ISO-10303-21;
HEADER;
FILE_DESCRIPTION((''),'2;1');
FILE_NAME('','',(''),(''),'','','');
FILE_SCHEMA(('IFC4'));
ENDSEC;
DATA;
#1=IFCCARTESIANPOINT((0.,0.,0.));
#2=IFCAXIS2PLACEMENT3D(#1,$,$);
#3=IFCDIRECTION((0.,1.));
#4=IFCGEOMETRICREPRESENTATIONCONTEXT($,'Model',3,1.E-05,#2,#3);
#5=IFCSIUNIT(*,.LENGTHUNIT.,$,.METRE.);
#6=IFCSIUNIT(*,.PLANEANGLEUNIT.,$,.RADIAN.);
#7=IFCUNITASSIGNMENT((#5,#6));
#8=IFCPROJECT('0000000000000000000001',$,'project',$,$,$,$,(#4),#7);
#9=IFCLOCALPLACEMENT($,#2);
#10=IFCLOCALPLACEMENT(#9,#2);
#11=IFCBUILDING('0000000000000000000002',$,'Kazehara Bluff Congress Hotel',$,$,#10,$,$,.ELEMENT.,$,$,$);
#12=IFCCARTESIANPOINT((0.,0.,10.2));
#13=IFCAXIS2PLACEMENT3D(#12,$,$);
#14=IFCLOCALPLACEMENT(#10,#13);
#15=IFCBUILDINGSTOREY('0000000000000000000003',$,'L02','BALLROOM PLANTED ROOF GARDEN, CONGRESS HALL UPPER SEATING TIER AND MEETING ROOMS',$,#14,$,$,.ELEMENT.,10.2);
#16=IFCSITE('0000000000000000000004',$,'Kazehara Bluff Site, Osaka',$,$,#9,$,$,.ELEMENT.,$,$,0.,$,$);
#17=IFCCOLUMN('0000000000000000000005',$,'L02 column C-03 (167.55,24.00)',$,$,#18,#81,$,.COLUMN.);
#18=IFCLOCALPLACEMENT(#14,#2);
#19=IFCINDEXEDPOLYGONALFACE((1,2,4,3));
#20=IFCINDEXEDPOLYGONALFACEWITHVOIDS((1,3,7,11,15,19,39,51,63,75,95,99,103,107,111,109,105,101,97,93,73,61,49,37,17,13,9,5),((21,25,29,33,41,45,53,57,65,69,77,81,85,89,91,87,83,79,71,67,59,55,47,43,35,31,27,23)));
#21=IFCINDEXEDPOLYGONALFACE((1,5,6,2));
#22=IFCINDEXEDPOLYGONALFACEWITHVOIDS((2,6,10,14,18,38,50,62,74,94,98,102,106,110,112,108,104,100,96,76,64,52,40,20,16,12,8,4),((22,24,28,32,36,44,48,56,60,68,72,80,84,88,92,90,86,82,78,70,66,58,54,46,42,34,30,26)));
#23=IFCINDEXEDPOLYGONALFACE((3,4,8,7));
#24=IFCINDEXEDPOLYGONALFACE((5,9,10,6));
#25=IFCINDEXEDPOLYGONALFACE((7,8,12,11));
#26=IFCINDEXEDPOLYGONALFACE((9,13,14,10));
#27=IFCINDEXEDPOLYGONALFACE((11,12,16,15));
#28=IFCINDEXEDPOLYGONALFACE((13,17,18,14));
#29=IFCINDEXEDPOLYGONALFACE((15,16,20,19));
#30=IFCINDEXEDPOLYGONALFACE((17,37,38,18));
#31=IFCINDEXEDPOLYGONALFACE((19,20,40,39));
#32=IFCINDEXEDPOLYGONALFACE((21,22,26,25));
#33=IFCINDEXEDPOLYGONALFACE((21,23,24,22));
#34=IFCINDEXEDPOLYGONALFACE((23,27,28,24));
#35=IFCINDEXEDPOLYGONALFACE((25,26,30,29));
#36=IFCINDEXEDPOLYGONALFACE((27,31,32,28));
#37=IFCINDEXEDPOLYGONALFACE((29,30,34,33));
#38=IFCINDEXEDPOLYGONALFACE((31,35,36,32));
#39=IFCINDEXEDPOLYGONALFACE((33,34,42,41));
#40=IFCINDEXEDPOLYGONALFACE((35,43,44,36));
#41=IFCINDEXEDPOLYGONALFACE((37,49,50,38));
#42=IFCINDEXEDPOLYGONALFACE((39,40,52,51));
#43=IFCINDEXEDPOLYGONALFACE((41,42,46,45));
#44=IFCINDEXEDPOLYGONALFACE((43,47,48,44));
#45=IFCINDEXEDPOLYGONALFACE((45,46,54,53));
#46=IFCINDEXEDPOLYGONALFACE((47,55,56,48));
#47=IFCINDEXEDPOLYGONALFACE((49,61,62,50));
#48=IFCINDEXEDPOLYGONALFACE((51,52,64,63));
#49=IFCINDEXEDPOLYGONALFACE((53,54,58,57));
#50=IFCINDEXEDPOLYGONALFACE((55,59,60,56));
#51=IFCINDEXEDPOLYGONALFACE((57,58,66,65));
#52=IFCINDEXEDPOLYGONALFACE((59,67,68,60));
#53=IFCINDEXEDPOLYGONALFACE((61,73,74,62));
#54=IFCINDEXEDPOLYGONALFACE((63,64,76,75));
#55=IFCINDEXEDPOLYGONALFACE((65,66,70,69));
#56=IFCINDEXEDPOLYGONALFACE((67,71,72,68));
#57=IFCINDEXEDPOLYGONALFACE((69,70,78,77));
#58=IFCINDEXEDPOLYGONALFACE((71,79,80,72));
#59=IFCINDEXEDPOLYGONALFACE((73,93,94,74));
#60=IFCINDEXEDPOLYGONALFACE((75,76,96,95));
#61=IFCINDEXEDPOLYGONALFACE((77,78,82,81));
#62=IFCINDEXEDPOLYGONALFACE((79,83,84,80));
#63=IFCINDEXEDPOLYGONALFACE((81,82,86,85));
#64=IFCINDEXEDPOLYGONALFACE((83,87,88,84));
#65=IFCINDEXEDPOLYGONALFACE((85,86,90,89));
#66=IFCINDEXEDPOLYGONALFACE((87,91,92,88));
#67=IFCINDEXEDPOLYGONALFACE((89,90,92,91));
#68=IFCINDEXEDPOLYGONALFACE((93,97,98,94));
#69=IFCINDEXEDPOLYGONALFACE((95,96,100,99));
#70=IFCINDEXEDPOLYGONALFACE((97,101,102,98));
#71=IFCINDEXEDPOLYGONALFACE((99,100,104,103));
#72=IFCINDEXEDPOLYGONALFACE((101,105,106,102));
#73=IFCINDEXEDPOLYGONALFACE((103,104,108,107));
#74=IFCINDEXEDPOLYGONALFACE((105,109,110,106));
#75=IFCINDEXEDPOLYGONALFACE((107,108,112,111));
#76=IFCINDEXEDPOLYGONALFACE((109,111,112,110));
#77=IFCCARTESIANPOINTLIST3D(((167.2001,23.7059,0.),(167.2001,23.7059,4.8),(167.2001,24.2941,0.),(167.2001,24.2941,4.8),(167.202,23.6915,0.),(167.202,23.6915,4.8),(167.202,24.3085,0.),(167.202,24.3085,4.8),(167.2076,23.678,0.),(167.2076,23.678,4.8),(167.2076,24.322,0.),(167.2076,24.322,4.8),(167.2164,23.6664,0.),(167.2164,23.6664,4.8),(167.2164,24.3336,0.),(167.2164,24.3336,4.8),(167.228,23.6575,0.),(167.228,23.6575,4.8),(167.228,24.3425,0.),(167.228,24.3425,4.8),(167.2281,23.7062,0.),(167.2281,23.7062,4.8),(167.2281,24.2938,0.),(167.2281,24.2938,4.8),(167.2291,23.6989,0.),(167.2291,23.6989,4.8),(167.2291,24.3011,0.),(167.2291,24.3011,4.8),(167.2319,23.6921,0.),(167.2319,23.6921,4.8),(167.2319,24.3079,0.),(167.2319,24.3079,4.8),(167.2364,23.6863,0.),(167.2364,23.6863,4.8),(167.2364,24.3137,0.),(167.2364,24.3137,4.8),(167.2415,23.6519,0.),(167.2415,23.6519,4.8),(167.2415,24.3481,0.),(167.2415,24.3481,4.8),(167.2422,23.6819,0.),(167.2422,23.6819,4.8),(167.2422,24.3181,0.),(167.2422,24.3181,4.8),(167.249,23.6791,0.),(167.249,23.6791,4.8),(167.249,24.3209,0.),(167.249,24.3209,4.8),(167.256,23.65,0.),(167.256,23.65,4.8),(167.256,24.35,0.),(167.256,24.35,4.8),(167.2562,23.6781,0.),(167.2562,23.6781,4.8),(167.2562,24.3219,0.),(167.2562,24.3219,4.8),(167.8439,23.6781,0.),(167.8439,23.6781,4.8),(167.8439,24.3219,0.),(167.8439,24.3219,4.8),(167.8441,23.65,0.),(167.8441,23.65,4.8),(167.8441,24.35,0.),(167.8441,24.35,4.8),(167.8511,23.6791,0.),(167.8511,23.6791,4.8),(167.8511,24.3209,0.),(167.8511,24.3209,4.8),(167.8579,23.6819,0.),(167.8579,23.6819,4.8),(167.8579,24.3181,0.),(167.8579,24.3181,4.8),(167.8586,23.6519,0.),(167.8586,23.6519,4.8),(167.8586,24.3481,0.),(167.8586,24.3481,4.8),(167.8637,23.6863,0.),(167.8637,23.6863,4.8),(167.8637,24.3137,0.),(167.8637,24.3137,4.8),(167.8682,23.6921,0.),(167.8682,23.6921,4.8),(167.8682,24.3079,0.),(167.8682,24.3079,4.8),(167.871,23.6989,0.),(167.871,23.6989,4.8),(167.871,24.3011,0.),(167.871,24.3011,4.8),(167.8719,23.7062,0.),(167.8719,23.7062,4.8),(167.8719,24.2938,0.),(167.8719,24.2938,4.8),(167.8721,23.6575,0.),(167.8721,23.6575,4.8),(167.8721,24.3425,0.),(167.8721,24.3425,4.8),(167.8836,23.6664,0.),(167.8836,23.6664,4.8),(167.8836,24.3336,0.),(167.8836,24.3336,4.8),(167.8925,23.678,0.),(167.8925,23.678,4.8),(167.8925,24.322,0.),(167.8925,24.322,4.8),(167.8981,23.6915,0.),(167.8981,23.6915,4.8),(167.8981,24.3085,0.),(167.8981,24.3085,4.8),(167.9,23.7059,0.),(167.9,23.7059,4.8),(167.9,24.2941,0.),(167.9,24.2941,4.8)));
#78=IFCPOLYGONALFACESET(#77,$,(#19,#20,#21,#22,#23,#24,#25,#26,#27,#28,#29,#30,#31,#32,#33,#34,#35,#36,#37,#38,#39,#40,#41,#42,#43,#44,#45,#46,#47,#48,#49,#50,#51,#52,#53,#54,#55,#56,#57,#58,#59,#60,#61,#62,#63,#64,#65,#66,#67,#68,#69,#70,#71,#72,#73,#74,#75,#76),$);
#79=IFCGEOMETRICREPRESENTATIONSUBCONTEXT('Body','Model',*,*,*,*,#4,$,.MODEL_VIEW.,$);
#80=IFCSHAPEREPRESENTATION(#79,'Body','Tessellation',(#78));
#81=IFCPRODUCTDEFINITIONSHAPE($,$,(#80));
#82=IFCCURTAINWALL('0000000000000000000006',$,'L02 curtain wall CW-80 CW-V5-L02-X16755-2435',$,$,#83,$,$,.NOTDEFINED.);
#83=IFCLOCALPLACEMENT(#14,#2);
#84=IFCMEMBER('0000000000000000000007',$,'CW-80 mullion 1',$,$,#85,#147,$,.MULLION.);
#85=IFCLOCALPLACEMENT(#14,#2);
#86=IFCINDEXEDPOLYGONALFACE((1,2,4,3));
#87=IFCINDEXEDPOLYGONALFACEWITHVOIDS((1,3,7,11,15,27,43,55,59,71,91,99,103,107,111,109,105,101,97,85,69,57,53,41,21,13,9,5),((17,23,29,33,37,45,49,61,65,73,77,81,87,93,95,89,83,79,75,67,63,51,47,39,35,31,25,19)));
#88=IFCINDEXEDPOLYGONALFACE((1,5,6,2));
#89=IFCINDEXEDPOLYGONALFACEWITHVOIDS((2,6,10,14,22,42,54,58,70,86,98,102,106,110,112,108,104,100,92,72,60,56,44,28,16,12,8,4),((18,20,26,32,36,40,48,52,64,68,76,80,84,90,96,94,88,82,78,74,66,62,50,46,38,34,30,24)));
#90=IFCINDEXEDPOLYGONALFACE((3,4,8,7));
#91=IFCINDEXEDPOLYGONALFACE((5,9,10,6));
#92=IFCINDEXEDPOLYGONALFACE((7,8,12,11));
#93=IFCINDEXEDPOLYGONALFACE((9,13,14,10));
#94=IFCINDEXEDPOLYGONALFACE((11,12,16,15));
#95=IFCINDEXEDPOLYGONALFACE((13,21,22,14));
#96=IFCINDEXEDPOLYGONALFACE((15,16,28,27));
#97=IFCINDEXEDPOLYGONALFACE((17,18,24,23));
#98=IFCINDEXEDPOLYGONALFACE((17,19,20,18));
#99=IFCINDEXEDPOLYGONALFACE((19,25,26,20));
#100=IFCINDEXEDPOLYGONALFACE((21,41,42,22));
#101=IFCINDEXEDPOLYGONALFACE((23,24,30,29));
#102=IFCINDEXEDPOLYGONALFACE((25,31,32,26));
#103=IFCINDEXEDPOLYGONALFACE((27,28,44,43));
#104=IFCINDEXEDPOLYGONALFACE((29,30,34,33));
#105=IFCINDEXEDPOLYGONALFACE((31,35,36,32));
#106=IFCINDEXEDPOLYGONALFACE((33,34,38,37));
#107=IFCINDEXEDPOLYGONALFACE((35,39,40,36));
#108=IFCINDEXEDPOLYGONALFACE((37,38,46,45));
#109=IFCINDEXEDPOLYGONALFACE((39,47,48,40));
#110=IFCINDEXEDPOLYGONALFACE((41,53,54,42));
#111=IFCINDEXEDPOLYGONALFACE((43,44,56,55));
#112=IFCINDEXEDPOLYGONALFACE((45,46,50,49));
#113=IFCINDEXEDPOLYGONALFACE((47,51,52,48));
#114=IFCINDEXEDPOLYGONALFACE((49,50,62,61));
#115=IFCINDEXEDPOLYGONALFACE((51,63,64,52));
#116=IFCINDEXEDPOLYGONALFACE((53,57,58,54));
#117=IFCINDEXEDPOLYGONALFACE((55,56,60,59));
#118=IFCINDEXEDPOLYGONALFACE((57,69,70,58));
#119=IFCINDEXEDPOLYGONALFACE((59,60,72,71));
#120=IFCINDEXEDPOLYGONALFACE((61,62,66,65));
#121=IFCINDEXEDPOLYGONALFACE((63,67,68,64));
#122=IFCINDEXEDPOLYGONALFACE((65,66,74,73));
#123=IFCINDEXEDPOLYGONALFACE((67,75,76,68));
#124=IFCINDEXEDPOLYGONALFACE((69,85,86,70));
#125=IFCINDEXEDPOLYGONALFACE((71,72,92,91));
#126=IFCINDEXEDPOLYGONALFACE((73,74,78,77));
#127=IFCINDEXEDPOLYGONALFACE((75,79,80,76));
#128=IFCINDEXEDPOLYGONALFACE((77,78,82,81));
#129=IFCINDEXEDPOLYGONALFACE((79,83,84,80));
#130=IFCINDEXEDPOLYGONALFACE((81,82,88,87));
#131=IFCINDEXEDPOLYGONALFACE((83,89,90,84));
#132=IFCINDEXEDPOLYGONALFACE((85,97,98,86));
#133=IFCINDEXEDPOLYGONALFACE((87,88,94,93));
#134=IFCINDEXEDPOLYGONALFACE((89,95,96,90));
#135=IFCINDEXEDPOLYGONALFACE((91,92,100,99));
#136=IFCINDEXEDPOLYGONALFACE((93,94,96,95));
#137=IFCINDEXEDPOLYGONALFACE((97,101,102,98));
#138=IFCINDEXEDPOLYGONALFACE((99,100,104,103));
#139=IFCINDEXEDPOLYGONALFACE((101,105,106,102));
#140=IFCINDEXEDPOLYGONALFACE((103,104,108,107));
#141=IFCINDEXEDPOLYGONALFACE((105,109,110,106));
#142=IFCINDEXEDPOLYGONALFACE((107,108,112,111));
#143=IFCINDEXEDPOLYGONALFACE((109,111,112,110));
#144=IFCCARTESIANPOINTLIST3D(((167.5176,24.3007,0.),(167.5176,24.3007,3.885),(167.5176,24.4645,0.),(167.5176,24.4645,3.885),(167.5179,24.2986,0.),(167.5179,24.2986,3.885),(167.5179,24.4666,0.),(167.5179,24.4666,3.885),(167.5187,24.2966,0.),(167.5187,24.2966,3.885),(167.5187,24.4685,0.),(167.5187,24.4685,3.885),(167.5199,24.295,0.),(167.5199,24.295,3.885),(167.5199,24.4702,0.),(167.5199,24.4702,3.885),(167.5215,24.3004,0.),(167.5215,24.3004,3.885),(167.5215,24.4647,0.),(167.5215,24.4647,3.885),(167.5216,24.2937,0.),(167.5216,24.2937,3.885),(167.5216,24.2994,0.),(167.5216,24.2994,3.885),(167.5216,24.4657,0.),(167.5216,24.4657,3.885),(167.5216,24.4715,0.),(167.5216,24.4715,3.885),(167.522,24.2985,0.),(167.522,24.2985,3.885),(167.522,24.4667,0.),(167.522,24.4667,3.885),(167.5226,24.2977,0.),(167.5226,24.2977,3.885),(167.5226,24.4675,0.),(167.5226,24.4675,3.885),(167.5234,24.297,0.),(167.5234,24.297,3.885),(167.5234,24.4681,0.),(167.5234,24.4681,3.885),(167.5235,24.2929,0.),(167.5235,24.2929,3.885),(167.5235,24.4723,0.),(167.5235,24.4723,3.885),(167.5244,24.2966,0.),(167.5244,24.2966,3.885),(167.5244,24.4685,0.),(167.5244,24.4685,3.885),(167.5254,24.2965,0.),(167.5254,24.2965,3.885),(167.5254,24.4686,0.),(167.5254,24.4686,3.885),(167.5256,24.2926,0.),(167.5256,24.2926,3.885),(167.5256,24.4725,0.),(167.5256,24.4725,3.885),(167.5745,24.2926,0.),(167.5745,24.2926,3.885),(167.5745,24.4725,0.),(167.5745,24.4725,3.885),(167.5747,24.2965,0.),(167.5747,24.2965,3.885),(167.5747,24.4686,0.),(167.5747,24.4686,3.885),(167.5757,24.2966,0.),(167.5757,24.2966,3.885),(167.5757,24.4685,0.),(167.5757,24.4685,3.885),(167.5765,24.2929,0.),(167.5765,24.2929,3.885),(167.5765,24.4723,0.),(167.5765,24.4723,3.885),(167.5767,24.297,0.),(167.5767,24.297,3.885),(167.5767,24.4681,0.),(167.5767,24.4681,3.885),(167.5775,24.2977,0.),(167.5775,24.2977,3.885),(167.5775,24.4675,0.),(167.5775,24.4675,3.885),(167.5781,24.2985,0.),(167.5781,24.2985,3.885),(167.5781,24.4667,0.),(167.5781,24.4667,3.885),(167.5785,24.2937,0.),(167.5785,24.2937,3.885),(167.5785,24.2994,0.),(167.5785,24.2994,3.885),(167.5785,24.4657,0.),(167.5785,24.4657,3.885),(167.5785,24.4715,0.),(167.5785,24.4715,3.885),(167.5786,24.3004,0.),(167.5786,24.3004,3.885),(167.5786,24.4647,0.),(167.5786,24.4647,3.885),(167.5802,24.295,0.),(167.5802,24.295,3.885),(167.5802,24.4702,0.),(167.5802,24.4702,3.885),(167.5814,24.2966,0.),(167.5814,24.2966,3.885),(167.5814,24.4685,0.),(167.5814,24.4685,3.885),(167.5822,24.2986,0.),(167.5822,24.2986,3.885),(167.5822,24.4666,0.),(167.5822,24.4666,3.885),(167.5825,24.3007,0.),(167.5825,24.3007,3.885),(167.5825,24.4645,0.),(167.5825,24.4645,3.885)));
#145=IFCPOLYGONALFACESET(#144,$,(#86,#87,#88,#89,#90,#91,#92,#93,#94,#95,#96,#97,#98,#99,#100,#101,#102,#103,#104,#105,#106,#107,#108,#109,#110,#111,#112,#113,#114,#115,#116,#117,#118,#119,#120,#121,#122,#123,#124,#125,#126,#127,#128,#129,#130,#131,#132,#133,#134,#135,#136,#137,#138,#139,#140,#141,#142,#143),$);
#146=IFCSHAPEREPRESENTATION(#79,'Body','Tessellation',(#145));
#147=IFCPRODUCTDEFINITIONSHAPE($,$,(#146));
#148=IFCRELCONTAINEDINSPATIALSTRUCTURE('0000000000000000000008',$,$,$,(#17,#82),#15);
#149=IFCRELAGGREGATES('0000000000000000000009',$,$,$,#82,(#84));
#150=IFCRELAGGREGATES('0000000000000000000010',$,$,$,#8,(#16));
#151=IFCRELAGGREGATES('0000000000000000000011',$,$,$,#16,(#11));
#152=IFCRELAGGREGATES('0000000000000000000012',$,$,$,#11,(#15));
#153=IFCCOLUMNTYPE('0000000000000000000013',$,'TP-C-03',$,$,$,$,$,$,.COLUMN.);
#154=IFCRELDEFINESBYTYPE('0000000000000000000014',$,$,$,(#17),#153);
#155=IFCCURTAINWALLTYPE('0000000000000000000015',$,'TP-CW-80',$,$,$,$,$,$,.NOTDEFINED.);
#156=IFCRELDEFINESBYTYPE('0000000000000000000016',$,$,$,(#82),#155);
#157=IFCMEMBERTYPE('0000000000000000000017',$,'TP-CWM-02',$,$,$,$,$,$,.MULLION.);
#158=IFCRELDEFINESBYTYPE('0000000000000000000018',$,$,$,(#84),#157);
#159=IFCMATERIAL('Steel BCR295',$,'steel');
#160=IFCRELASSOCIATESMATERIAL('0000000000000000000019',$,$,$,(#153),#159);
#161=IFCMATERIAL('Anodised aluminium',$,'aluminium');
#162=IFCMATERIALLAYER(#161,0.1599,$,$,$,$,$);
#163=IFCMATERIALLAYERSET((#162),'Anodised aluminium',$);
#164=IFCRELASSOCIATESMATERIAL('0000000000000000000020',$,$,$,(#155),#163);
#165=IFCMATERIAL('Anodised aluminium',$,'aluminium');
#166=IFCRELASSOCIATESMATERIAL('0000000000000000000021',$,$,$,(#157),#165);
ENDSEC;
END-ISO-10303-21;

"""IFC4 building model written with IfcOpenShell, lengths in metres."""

from ifc_helpers import new_model, si_unit, direction, frame, origin, origin_2d, place, context, subcontext, project, spatial, hollow_rectangle, extrude, material, layer, layer_set, material_profile, profile_set, type_object, element, aggregate, save


model = new_model("IFC4")

# Units and contexts
model_context = context("Model", 3, precision=1e-05, world=origin(), true_north=direction((0.0, 1.0)))
body_context = subcontext(model_context, "Body", "Model", "MODEL_VIEW")
ifc_project = project(units=[si_unit("LENGTHUNIT", "METRE"), si_unit("PLANEANGLEUNIT", "RADIAN")], contexts=[model_context])

# Site, building, storey
site_placement = place(None, origin())
site = spatial("IfcSite", under=ifc_project, at=site_placement, Name="Kazehara Bluff Site, Osaka", CompositionType="ELEMENT", RefElevation=0.0)
building_placement = place(site_placement, origin())
building = spatial("IfcBuilding", under=site, at=building_placement, Name="Kazehara Bluff Congress Hotel", CompositionType="ELEMENT")
storey_placement = place(building_placement, frame((0.0, 0.0, 10.2)))
storey = spatial("IfcBuildingStorey", under=building, at=storey_placement, Name="L02", Description="BALLROOM PLANTED ROOF GARDEN, CONGRESS HALL UPPER SEATING TIER AND MEETING ROOMS", CompositionType="ELEMENT", Elevation=10.2)

# Column
ifc_material_1 = material(Name="Steel BCR295", Category="steel")
ifc_material_profile_1 = material_profile(ifc_material_1, hollow_rectangle(XDim=0.7, YDim=0.7, WallThickness=0.0281, InnerFilletRadius=0.0281, OuterFilletRadius=0.0559, at=origin_2d()))
ifc_profile_set_1 = profile_set([ifc_material_profile_1], Name="Steel BCR295")
column_type = type_object("IfcColumnType", Name="TP-C-03", PredefinedType="COLUMN", material=ifc_profile_set_1)
column_placement = place(storey_placement, frame((167.55, 24.0, 0.0), z_axis=(0.0, 0.0, 1.0), x_axis=(1.0, 0.0, 0.0)))
element("IfcColumn", 1, at=column_placement, inside=storey, type_object=column_type, Name="L02 column C-03 (167.55,24.00)", PredefinedType="COLUMN", context=body_context, shape_type="SweptSolid", body=[
    extrude(hollow_rectangle(XDim=0.7, YDim=0.7, WallThickness=0.0281, InnerFilletRadius=0.0281, OuterFilletRadius=0.0559, at=origin_2d()), origin(), (0.0, 0.0, 1.0), 4.8),
])

# Curtain wall, member
ifc_material_2 = material(Name="Anodised aluminium", Category="aluminium")
ifc_layer_1 = layer(ifc_material_2, 0.1599)
ifc_layer_set_1 = layer_set([ifc_layer_1], Name="Anodised aluminium")
curtain_wall_type = type_object("IfcCurtainWallType", Name="TP-CW-80", PredefinedType="NOTDEFINED", material=ifc_layer_set_1)
curtain_wall_placement = place(storey_placement, origin())
curtain_wall = element("IfcCurtainWall", 2, at=curtain_wall_placement, inside=storey, type_object=curtain_wall_type, Name="L02 curtain wall CW-80 CW-V5-L02-X16755-2435", PredefinedType="NOTDEFINED")
ifc_material_3 = material(Name="Anodised aluminium", Category="aluminium")
ifc_material_profile_2 = material_profile(ifc_material_3, hollow_rectangle(XDim=0.0649, YDim=0.1799, WallThickness=0.0039, InnerFilletRadius=0.0039, OuterFilletRadius=0.0081, at=origin_2d()))
ifc_profile_set_2 = profile_set([ifc_material_profile_2], Name="Anodised aluminium")
member_type_1 = type_object("IfcMemberType", Name="TP-CWM-02", PredefinedType="MULLION", material=ifc_profile_set_2)
member_1_placement = place(storey_placement, frame((167.55, 24.3826, 0.0), z_axis=(0.0, 0.0, 1.0), x_axis=(-1.0, 0.0, 0.0)))
member_1 = element("IfcMember", 3, at=member_1_placement, type_object=member_type_1, Name="CW-80 mullion 1", PredefinedType="MULLION", context=body_context, shape_type="SweptSolid", body=[
    extrude(hollow_rectangle(XDim=0.0649, YDim=0.1799, WallThickness=0.0039, InnerFilletRadius=0.0039, OuterFilletRadius=0.0081, at=origin_2d()), origin(), (0.0, 0.0, 1.0), 3.885),
])

aggregate(curtain_wall, [member_1])

save(model, "model.ifc")
